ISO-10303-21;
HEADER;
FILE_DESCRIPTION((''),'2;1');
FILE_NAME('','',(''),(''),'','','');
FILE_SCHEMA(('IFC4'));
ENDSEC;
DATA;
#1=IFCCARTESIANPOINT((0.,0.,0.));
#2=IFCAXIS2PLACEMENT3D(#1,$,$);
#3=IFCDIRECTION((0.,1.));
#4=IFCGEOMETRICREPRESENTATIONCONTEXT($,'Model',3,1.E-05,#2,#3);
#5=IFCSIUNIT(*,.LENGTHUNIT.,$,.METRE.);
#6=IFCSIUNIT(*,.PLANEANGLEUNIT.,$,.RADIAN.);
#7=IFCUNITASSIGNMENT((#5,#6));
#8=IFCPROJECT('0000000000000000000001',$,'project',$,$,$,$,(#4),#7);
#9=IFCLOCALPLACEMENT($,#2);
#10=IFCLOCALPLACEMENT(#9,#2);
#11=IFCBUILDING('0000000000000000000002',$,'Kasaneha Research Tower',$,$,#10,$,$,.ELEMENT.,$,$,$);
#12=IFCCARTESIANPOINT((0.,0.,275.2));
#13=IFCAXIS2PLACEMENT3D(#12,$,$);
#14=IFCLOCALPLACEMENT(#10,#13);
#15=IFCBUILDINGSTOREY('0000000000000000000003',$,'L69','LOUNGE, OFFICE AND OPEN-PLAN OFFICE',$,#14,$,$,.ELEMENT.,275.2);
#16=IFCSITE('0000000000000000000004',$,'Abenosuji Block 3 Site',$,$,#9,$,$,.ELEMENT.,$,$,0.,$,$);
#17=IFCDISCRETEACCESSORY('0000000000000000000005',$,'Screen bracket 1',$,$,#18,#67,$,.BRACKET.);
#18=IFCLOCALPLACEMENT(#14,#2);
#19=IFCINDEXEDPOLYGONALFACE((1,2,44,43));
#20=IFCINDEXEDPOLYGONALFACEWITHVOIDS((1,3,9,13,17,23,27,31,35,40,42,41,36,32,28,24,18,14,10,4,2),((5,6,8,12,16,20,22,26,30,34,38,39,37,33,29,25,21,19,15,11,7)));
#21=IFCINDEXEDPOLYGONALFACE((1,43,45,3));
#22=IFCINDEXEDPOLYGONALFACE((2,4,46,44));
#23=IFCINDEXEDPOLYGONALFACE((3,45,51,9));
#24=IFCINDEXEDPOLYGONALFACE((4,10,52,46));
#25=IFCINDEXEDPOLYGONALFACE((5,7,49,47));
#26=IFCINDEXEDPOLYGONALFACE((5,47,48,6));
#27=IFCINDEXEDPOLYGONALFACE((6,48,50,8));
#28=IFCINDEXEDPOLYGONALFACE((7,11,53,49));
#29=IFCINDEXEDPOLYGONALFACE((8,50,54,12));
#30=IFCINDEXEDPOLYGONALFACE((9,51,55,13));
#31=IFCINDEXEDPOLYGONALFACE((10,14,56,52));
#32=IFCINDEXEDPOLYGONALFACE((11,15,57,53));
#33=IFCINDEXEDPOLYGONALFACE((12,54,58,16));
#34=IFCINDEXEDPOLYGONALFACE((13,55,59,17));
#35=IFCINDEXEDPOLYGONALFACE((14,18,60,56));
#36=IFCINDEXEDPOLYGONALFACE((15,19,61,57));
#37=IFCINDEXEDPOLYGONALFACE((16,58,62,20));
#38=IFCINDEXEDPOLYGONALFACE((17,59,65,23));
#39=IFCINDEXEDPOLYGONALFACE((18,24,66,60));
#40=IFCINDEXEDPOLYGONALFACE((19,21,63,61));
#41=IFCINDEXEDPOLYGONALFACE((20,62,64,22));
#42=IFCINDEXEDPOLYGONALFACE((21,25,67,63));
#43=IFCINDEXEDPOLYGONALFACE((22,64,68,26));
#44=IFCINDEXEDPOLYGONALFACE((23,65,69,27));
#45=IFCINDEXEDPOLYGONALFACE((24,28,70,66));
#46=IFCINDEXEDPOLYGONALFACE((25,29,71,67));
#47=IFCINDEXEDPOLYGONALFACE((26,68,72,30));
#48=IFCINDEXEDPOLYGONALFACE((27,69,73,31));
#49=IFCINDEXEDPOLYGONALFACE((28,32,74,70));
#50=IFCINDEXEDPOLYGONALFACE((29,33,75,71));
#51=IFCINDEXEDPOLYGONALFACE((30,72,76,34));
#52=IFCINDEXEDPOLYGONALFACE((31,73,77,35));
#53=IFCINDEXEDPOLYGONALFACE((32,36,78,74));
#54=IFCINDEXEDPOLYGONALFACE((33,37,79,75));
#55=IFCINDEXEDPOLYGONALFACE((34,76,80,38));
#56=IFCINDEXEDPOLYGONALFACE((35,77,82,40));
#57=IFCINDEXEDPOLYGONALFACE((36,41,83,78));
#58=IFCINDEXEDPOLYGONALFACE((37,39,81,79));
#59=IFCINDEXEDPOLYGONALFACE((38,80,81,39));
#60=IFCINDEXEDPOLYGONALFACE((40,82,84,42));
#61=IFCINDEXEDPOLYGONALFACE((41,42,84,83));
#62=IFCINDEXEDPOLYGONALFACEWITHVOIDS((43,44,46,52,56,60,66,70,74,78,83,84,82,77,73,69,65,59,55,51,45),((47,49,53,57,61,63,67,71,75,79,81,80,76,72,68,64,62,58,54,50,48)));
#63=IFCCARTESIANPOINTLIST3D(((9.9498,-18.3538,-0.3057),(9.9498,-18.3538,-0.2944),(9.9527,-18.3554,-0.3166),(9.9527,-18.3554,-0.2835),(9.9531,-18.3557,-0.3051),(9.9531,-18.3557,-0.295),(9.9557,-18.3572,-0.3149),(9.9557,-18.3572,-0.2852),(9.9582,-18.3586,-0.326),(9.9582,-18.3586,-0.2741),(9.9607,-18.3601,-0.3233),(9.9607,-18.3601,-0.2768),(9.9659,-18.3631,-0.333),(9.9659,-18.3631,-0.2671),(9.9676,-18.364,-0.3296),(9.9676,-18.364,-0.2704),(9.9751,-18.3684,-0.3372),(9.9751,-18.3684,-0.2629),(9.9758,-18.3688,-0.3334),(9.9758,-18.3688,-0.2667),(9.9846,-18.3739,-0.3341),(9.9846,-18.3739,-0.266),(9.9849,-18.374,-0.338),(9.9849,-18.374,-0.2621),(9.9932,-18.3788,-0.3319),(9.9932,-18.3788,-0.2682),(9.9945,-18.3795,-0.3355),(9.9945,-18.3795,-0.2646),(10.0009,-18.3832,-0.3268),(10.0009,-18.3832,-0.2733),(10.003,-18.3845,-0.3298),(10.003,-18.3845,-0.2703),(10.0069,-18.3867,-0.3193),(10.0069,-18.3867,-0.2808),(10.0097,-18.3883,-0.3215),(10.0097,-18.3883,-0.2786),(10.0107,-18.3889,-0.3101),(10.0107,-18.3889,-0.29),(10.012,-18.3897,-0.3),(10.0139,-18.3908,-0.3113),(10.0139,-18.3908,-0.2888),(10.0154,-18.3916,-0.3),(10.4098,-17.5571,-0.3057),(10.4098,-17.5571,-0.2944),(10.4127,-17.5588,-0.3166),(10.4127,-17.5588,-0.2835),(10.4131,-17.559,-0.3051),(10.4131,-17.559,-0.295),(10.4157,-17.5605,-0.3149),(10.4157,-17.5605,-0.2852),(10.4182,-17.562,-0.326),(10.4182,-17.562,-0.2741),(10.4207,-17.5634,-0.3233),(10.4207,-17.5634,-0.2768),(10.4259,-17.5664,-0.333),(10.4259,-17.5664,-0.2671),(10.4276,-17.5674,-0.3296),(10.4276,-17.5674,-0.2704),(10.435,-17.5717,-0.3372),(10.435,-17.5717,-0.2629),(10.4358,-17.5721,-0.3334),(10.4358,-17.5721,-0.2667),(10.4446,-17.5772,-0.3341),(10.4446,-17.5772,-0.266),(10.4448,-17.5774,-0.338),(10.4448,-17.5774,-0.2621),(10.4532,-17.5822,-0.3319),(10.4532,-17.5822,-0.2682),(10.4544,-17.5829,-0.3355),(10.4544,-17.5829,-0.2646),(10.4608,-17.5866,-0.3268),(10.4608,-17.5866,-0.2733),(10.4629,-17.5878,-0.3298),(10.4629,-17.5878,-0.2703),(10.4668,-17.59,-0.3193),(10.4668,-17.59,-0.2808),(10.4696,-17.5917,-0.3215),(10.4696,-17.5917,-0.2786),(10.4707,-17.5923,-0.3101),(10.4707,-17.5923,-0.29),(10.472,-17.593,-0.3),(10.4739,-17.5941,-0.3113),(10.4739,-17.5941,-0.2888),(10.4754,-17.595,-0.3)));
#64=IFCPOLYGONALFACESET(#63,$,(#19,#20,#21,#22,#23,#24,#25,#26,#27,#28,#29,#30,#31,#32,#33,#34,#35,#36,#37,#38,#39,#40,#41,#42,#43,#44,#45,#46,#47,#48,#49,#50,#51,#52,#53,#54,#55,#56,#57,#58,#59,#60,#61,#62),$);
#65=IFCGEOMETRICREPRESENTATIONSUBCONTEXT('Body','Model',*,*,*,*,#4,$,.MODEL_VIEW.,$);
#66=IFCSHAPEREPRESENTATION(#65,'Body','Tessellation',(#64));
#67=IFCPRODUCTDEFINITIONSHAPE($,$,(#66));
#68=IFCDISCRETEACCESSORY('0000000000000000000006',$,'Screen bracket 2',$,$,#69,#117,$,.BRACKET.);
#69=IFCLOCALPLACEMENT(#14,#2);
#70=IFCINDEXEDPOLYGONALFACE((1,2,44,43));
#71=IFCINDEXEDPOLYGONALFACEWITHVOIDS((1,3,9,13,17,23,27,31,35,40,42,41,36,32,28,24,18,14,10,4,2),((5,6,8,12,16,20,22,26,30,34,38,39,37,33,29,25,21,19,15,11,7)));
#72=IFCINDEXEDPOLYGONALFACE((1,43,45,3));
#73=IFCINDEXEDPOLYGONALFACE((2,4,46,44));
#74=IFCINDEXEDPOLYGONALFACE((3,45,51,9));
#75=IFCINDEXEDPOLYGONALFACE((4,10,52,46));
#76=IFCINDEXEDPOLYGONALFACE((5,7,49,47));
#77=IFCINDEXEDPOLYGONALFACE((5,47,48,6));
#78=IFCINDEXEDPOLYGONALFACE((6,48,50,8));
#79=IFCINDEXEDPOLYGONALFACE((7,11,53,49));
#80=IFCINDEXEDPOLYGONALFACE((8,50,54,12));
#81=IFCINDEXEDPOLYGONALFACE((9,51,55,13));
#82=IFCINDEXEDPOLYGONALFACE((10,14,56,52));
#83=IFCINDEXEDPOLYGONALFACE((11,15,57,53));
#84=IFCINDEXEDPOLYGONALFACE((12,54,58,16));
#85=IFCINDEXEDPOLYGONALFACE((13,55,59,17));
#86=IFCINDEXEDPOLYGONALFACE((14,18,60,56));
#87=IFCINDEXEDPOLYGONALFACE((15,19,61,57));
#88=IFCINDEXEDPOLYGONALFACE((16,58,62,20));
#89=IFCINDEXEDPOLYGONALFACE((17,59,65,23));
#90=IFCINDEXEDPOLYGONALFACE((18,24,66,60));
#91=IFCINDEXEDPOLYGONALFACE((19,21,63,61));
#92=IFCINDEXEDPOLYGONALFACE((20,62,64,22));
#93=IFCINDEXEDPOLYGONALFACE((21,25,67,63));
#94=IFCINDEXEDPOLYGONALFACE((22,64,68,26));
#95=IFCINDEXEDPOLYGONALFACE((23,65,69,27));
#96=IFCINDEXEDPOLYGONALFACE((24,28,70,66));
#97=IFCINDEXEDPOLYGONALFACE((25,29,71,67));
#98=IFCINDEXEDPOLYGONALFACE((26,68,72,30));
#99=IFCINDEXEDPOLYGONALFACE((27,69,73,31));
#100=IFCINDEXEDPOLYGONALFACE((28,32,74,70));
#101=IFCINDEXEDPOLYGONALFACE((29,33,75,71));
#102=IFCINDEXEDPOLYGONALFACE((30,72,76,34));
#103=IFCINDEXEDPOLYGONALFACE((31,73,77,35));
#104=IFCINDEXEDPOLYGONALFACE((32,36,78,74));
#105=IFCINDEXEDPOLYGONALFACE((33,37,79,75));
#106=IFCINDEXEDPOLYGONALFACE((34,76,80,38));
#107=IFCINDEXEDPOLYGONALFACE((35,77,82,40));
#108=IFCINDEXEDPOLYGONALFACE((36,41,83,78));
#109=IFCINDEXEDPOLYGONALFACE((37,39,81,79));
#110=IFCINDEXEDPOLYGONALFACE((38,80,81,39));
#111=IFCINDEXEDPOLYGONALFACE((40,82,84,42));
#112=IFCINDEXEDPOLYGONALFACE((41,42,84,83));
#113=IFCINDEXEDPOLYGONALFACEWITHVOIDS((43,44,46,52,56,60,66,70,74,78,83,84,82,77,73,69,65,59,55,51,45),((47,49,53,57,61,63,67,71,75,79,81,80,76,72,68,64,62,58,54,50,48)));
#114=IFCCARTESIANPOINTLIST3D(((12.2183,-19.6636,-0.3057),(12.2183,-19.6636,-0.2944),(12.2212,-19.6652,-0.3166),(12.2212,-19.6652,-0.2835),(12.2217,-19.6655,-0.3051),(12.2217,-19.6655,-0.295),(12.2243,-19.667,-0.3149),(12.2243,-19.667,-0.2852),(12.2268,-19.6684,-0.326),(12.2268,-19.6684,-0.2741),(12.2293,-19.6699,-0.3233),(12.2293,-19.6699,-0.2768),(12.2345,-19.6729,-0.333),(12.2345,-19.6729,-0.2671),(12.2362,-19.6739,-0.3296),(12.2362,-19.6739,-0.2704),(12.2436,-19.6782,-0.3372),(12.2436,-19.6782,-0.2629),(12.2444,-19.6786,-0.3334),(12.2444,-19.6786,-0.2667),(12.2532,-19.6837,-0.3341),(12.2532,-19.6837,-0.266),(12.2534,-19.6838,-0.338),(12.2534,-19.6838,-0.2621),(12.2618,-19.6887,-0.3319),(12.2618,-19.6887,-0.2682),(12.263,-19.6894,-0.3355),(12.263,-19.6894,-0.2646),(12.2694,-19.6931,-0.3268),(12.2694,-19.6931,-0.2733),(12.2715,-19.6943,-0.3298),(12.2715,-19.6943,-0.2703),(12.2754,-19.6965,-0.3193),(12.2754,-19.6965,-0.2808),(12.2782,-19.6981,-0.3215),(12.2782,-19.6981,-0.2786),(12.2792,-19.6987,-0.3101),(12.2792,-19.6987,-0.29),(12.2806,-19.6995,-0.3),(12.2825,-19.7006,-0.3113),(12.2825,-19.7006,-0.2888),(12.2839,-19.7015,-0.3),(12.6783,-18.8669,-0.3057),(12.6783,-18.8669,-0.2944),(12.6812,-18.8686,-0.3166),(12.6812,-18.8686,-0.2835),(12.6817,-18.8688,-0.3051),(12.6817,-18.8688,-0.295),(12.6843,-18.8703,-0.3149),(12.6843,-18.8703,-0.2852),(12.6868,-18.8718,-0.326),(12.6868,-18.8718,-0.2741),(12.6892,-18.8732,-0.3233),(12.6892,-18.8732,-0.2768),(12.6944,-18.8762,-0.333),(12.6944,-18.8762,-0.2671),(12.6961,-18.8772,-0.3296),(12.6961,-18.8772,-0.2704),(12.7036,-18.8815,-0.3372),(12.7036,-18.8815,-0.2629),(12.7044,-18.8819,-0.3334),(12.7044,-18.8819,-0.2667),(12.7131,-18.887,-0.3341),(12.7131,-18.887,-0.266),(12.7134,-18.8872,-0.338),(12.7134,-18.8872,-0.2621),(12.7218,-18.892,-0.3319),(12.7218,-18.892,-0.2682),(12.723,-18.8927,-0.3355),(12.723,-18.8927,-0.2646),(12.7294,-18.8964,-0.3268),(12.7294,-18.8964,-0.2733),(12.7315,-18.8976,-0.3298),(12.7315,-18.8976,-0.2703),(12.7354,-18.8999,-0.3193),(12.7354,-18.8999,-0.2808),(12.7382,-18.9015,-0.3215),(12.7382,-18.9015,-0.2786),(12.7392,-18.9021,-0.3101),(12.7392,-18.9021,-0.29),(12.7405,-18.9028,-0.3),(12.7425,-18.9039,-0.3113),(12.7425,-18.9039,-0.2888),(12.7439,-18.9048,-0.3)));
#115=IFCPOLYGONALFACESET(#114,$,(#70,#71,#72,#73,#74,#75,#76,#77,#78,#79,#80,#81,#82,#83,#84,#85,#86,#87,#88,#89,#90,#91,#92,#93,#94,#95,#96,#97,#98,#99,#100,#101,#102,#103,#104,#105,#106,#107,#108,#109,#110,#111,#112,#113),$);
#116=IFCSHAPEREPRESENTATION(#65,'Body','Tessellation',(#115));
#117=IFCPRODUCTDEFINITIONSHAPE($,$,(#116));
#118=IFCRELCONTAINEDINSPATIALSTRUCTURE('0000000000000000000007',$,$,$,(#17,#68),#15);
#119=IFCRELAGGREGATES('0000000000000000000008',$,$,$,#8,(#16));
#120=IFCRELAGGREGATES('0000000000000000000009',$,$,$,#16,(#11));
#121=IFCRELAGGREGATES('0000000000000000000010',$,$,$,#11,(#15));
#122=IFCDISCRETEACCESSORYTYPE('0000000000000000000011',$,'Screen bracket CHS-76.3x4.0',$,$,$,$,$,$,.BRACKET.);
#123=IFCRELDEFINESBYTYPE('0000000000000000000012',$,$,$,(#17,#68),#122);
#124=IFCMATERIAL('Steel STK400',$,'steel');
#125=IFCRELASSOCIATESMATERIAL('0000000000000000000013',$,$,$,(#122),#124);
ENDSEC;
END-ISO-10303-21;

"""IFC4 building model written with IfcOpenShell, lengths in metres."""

from ifc_helpers import new_model, si_unit, direction, frame, origin, origin_2d, place, context, subcontext, project, spatial, hollow_circle, extrude, material, material_profile, profile_set, type_object, element, save


model = new_model("IFC4")

# Units and contexts
model_context = context("Model", 3, precision=1e-05, world=origin(), true_north=direction((0.0, 1.0)))
body_context = subcontext(model_context, "Body", "Model", "MODEL_VIEW")
ifc_project = project(units=[si_unit("LENGTHUNIT", "METRE"), si_unit("PLANEANGLEUNIT", "RADIAN")], contexts=[model_context])

# Site, building, storey
site_placement = place(None, origin())
site = spatial("IfcSite", under=ifc_project, at=site_placement, Name="Abenosuji Block 3 Site", CompositionType="ELEMENT", RefElevation=0.0)
building_placement = place(site_placement, origin())
building = spatial("IfcBuilding", under=site, at=building_placement, Name="Kasaneha Research Tower", CompositionType="ELEMENT")
storey_placement = place(building_placement, frame((0.0, 0.0, 275.2)))
storey = spatial("IfcBuildingStorey", under=building, at=storey_placement, Name="L69", Description="LOUNGE, OFFICE AND OPEN-PLAN OFFICE", CompositionType="ELEMENT", Elevation=275.2)

# Discrete accessories
ifc_material_1 = material(Name="Steel STK400", Category="steel")
ifc_material_profile_1 = material_profile(ifc_material_1, hollow_circle(Radius=0.0381, WallThickness=0.0039, at=origin_2d()), Name="CHS-76.3x4.0")
ifc_profile_set_1 = profile_set([ifc_material_profile_1], Name="Steel STK400")
discrete_accessory_type = type_object("IfcDiscreteAccessoryType", Name="Screen bracket CHS-76.3x4.0", PredefinedType="BRACKET", material=ifc_profile_set_1)
for number, where, z_axis, x_axis, name in (
    (1, (10.4424, -17.5759, -0.3), (-0.500021, -0.866013, 0.0), (0.866013, -0.500021, 0.0), "Screen bracket 1"),
    (2, (12.7109, -18.8857, -0.3), (-0.500021, -0.866013, 0.0), (0.866013, -0.500021, 0.0), "Screen bracket 2"),
):
    element("IfcDiscreteAccessory", number, at=place(storey_placement, frame(where, z_axis=z_axis, x_axis=x_axis)), inside=storey, type_object=discrete_accessory_type, Name=name, PredefinedType="BRACKET", context=body_context, shape_type="SweptSolid", body=[
        extrude(hollow_circle(Radius=0.0381, WallThickness=0.0039, at=origin_2d()), origin(), (0.0, 0.0, 1.0), 0.9199),
    ])

save(model, "model.ifc")
